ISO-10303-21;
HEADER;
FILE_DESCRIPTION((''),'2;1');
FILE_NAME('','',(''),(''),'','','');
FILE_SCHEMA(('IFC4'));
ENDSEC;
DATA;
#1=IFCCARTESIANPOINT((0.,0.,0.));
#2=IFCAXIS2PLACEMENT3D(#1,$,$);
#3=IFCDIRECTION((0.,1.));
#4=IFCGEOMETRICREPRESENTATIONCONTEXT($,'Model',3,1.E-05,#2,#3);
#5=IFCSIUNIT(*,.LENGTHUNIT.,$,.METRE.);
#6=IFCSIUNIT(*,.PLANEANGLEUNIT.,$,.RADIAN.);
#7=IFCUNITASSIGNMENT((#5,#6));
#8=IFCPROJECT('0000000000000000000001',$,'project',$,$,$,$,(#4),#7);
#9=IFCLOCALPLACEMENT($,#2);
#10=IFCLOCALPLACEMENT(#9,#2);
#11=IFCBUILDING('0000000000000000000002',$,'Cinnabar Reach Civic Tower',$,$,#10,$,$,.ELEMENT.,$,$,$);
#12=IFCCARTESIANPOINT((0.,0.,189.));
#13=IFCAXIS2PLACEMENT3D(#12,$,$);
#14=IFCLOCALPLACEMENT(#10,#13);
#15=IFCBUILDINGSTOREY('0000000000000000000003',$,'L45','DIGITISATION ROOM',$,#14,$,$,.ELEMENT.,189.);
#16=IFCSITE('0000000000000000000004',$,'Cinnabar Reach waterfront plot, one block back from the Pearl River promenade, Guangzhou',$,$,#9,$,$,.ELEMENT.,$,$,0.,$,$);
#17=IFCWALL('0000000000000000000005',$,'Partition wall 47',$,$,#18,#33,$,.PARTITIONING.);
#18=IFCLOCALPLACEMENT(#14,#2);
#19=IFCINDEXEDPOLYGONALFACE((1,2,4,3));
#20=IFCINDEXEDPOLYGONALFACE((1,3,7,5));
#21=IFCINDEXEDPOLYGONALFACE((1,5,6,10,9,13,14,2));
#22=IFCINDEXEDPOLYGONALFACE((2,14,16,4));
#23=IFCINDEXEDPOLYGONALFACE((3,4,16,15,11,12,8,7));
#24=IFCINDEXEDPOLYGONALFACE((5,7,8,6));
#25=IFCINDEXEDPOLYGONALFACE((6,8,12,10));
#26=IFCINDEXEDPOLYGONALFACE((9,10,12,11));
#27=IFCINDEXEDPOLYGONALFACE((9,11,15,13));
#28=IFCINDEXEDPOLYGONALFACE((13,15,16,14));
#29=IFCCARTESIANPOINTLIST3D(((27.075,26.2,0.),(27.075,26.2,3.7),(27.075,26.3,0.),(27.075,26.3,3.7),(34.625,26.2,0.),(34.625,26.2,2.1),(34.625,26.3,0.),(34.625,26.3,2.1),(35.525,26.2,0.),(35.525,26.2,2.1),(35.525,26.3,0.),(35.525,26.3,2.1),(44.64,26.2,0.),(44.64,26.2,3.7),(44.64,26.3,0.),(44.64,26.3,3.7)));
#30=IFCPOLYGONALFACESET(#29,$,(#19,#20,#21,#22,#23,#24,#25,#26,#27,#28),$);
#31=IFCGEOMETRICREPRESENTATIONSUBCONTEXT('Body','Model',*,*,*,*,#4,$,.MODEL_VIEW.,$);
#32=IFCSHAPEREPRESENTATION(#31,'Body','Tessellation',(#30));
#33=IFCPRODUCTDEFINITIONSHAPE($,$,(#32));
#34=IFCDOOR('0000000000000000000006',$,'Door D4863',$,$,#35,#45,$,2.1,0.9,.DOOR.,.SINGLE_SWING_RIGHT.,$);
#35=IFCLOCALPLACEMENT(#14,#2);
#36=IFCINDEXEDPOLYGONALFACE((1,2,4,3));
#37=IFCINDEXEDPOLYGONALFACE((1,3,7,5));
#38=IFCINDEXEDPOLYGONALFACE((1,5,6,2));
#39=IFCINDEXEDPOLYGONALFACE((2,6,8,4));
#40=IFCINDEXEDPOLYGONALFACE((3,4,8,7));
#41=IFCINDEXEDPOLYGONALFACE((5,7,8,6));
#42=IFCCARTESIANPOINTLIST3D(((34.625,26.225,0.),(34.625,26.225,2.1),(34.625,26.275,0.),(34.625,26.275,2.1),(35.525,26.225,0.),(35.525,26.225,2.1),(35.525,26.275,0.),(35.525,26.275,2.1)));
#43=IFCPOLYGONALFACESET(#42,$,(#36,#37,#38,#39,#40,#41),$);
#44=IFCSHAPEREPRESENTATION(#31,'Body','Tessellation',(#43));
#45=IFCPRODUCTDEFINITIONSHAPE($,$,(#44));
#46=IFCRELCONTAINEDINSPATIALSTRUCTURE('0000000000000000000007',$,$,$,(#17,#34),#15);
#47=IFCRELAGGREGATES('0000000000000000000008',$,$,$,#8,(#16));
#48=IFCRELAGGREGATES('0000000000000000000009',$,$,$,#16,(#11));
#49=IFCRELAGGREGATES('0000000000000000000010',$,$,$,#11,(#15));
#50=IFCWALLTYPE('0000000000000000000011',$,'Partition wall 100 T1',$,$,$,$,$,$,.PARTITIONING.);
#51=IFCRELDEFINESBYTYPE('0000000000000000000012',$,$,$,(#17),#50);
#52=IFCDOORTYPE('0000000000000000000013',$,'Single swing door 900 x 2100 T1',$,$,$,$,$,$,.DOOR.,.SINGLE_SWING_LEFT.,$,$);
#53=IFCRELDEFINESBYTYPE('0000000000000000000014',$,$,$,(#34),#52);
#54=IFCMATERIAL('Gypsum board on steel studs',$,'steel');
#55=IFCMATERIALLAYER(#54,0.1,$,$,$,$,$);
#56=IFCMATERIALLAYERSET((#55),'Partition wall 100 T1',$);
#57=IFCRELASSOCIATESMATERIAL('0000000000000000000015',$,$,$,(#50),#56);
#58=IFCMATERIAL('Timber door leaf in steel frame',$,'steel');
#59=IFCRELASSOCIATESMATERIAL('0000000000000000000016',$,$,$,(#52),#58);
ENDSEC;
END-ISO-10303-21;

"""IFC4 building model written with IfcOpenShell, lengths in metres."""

from ifc_helpers import new_model, si_unit, direction, frame, frame_2d, origin, place, context, subcontext, project, spatial, rectangle, extrude, material, layer, layer_set, type_object, element, fill, save


model = new_model("IFC4")

# Units and contexts
model_context = context("Model", 3, precision=1e-05, world=origin(), true_north=direction((0.0, 1.0)))
body_context = subcontext(model_context, "Body", "Model", "MODEL_VIEW")
ifc_project = project(units=[si_unit("LENGTHUNIT", "METRE"), si_unit("PLANEANGLEUNIT", "RADIAN")], contexts=[model_context])

# Site, building, storey
site_placement = place(None, origin())
site = spatial("IfcSite", under=ifc_project, at=site_placement, Name="Cinnabar Reach waterfront plot, one block back from the Pearl River promenade, Guangzhou", CompositionType="ELEMENT", RefElevation=0.0)
building_placement = place(site_placement, origin())
building = spatial("IfcBuilding", under=site, at=building_placement, Name="Cinnabar Reach Civic Tower", CompositionType="ELEMENT")
storey_placement = place(building_placement, frame((0.0, 0.0, 189.0)))
storey = spatial("IfcBuildingStorey", under=building, at=storey_placement, Name="L45", Description="DIGITISATION ROOM", CompositionType="ELEMENT", Elevation=189.0)

# Shared definitions
ifc_material_1 = material(Name="Timber door leaf in steel frame", Category="steel")

# Wall, opening, door
ifc_material_2 = material(Name="Gypsum board on steel studs", Category="steel")
ifc_layer_1 = layer(ifc_material_2, 0.1)
ifc_layer_set_1 = layer_set([ifc_layer_1], Name="Partition wall 100 T1")
wall_type_1 = type_object("IfcWallType", Name="Partition wall 100 T1", PredefinedType="PARTITIONING", material=ifc_layer_set_1)
wall_1_placement = place(storey_placement, frame((27.075, 26.25, 0.0), z_axis=(0.0, 0.0, 1.0), x_axis=(1.0, 0.0, 0.0)))
wall_1 = element("IfcWall", 1, at=wall_1_placement, inside=storey, type_object=wall_type_1, Name="Partition wall 47", PredefinedType="PARTITIONING", context=body_context, shape_type="SweptSolid", body=[
    extrude(rectangle(XDim=17.565, YDim=0.1, at=frame_2d((8.7825, 0.0))), origin(), (0.0, 0.0, 1.0), 3.7),
])
opening_1_placement = place(wall_1_placement, frame((7.55, 0.0, 0.0)))
opening_1 = element("IfcOpeningElement", 2, at=opening_1_placement, cuts=wall_1, PredefinedType="OPENING", context=body_context, shape_type="SweptSolid", body=[
    extrude(rectangle(XDim=0.9, YDim=2.1, at=frame_2d((0.45, 1.05))), frame((0.0, 0.06, 0.0), z_axis=(0.0, -1.0, 0.0), x_axis=(1.0, 0.0, 0.0)), (0.0, 0.0, 1.0), 0.12),
])
door_type_1 = type_object("IfcDoorType", Name="Single swing door 900 x 2100 T1", OperationType="SINGLE_SWING_LEFT", PredefinedType="DOOR", material=ifc_material_1)
door_1_placement = place(opening_1_placement, origin())
door_1 = element("IfcDoor", 3, at=door_1_placement, inside=storey, type_object=door_type_1, Name="Door D4863", OperationType="SINGLE_SWING_RIGHT", OverallHeight=2.1, OverallWidth=0.9, PredefinedType="DOOR", context=body_context, shape_type="SweptSolid", body=[
    extrude(rectangle(XDim=0.9, YDim=2.1, at=frame_2d((0.45, 1.05))), frame((0.0, 0.025, 0.0), z_axis=(0.0, -1.0, 0.0), x_axis=(1.0, 0.0, 0.0)), (0.0, 0.0, 1.0), 0.05),
])
fill(opening_1, door_1)

save(model, "model.ifc")
